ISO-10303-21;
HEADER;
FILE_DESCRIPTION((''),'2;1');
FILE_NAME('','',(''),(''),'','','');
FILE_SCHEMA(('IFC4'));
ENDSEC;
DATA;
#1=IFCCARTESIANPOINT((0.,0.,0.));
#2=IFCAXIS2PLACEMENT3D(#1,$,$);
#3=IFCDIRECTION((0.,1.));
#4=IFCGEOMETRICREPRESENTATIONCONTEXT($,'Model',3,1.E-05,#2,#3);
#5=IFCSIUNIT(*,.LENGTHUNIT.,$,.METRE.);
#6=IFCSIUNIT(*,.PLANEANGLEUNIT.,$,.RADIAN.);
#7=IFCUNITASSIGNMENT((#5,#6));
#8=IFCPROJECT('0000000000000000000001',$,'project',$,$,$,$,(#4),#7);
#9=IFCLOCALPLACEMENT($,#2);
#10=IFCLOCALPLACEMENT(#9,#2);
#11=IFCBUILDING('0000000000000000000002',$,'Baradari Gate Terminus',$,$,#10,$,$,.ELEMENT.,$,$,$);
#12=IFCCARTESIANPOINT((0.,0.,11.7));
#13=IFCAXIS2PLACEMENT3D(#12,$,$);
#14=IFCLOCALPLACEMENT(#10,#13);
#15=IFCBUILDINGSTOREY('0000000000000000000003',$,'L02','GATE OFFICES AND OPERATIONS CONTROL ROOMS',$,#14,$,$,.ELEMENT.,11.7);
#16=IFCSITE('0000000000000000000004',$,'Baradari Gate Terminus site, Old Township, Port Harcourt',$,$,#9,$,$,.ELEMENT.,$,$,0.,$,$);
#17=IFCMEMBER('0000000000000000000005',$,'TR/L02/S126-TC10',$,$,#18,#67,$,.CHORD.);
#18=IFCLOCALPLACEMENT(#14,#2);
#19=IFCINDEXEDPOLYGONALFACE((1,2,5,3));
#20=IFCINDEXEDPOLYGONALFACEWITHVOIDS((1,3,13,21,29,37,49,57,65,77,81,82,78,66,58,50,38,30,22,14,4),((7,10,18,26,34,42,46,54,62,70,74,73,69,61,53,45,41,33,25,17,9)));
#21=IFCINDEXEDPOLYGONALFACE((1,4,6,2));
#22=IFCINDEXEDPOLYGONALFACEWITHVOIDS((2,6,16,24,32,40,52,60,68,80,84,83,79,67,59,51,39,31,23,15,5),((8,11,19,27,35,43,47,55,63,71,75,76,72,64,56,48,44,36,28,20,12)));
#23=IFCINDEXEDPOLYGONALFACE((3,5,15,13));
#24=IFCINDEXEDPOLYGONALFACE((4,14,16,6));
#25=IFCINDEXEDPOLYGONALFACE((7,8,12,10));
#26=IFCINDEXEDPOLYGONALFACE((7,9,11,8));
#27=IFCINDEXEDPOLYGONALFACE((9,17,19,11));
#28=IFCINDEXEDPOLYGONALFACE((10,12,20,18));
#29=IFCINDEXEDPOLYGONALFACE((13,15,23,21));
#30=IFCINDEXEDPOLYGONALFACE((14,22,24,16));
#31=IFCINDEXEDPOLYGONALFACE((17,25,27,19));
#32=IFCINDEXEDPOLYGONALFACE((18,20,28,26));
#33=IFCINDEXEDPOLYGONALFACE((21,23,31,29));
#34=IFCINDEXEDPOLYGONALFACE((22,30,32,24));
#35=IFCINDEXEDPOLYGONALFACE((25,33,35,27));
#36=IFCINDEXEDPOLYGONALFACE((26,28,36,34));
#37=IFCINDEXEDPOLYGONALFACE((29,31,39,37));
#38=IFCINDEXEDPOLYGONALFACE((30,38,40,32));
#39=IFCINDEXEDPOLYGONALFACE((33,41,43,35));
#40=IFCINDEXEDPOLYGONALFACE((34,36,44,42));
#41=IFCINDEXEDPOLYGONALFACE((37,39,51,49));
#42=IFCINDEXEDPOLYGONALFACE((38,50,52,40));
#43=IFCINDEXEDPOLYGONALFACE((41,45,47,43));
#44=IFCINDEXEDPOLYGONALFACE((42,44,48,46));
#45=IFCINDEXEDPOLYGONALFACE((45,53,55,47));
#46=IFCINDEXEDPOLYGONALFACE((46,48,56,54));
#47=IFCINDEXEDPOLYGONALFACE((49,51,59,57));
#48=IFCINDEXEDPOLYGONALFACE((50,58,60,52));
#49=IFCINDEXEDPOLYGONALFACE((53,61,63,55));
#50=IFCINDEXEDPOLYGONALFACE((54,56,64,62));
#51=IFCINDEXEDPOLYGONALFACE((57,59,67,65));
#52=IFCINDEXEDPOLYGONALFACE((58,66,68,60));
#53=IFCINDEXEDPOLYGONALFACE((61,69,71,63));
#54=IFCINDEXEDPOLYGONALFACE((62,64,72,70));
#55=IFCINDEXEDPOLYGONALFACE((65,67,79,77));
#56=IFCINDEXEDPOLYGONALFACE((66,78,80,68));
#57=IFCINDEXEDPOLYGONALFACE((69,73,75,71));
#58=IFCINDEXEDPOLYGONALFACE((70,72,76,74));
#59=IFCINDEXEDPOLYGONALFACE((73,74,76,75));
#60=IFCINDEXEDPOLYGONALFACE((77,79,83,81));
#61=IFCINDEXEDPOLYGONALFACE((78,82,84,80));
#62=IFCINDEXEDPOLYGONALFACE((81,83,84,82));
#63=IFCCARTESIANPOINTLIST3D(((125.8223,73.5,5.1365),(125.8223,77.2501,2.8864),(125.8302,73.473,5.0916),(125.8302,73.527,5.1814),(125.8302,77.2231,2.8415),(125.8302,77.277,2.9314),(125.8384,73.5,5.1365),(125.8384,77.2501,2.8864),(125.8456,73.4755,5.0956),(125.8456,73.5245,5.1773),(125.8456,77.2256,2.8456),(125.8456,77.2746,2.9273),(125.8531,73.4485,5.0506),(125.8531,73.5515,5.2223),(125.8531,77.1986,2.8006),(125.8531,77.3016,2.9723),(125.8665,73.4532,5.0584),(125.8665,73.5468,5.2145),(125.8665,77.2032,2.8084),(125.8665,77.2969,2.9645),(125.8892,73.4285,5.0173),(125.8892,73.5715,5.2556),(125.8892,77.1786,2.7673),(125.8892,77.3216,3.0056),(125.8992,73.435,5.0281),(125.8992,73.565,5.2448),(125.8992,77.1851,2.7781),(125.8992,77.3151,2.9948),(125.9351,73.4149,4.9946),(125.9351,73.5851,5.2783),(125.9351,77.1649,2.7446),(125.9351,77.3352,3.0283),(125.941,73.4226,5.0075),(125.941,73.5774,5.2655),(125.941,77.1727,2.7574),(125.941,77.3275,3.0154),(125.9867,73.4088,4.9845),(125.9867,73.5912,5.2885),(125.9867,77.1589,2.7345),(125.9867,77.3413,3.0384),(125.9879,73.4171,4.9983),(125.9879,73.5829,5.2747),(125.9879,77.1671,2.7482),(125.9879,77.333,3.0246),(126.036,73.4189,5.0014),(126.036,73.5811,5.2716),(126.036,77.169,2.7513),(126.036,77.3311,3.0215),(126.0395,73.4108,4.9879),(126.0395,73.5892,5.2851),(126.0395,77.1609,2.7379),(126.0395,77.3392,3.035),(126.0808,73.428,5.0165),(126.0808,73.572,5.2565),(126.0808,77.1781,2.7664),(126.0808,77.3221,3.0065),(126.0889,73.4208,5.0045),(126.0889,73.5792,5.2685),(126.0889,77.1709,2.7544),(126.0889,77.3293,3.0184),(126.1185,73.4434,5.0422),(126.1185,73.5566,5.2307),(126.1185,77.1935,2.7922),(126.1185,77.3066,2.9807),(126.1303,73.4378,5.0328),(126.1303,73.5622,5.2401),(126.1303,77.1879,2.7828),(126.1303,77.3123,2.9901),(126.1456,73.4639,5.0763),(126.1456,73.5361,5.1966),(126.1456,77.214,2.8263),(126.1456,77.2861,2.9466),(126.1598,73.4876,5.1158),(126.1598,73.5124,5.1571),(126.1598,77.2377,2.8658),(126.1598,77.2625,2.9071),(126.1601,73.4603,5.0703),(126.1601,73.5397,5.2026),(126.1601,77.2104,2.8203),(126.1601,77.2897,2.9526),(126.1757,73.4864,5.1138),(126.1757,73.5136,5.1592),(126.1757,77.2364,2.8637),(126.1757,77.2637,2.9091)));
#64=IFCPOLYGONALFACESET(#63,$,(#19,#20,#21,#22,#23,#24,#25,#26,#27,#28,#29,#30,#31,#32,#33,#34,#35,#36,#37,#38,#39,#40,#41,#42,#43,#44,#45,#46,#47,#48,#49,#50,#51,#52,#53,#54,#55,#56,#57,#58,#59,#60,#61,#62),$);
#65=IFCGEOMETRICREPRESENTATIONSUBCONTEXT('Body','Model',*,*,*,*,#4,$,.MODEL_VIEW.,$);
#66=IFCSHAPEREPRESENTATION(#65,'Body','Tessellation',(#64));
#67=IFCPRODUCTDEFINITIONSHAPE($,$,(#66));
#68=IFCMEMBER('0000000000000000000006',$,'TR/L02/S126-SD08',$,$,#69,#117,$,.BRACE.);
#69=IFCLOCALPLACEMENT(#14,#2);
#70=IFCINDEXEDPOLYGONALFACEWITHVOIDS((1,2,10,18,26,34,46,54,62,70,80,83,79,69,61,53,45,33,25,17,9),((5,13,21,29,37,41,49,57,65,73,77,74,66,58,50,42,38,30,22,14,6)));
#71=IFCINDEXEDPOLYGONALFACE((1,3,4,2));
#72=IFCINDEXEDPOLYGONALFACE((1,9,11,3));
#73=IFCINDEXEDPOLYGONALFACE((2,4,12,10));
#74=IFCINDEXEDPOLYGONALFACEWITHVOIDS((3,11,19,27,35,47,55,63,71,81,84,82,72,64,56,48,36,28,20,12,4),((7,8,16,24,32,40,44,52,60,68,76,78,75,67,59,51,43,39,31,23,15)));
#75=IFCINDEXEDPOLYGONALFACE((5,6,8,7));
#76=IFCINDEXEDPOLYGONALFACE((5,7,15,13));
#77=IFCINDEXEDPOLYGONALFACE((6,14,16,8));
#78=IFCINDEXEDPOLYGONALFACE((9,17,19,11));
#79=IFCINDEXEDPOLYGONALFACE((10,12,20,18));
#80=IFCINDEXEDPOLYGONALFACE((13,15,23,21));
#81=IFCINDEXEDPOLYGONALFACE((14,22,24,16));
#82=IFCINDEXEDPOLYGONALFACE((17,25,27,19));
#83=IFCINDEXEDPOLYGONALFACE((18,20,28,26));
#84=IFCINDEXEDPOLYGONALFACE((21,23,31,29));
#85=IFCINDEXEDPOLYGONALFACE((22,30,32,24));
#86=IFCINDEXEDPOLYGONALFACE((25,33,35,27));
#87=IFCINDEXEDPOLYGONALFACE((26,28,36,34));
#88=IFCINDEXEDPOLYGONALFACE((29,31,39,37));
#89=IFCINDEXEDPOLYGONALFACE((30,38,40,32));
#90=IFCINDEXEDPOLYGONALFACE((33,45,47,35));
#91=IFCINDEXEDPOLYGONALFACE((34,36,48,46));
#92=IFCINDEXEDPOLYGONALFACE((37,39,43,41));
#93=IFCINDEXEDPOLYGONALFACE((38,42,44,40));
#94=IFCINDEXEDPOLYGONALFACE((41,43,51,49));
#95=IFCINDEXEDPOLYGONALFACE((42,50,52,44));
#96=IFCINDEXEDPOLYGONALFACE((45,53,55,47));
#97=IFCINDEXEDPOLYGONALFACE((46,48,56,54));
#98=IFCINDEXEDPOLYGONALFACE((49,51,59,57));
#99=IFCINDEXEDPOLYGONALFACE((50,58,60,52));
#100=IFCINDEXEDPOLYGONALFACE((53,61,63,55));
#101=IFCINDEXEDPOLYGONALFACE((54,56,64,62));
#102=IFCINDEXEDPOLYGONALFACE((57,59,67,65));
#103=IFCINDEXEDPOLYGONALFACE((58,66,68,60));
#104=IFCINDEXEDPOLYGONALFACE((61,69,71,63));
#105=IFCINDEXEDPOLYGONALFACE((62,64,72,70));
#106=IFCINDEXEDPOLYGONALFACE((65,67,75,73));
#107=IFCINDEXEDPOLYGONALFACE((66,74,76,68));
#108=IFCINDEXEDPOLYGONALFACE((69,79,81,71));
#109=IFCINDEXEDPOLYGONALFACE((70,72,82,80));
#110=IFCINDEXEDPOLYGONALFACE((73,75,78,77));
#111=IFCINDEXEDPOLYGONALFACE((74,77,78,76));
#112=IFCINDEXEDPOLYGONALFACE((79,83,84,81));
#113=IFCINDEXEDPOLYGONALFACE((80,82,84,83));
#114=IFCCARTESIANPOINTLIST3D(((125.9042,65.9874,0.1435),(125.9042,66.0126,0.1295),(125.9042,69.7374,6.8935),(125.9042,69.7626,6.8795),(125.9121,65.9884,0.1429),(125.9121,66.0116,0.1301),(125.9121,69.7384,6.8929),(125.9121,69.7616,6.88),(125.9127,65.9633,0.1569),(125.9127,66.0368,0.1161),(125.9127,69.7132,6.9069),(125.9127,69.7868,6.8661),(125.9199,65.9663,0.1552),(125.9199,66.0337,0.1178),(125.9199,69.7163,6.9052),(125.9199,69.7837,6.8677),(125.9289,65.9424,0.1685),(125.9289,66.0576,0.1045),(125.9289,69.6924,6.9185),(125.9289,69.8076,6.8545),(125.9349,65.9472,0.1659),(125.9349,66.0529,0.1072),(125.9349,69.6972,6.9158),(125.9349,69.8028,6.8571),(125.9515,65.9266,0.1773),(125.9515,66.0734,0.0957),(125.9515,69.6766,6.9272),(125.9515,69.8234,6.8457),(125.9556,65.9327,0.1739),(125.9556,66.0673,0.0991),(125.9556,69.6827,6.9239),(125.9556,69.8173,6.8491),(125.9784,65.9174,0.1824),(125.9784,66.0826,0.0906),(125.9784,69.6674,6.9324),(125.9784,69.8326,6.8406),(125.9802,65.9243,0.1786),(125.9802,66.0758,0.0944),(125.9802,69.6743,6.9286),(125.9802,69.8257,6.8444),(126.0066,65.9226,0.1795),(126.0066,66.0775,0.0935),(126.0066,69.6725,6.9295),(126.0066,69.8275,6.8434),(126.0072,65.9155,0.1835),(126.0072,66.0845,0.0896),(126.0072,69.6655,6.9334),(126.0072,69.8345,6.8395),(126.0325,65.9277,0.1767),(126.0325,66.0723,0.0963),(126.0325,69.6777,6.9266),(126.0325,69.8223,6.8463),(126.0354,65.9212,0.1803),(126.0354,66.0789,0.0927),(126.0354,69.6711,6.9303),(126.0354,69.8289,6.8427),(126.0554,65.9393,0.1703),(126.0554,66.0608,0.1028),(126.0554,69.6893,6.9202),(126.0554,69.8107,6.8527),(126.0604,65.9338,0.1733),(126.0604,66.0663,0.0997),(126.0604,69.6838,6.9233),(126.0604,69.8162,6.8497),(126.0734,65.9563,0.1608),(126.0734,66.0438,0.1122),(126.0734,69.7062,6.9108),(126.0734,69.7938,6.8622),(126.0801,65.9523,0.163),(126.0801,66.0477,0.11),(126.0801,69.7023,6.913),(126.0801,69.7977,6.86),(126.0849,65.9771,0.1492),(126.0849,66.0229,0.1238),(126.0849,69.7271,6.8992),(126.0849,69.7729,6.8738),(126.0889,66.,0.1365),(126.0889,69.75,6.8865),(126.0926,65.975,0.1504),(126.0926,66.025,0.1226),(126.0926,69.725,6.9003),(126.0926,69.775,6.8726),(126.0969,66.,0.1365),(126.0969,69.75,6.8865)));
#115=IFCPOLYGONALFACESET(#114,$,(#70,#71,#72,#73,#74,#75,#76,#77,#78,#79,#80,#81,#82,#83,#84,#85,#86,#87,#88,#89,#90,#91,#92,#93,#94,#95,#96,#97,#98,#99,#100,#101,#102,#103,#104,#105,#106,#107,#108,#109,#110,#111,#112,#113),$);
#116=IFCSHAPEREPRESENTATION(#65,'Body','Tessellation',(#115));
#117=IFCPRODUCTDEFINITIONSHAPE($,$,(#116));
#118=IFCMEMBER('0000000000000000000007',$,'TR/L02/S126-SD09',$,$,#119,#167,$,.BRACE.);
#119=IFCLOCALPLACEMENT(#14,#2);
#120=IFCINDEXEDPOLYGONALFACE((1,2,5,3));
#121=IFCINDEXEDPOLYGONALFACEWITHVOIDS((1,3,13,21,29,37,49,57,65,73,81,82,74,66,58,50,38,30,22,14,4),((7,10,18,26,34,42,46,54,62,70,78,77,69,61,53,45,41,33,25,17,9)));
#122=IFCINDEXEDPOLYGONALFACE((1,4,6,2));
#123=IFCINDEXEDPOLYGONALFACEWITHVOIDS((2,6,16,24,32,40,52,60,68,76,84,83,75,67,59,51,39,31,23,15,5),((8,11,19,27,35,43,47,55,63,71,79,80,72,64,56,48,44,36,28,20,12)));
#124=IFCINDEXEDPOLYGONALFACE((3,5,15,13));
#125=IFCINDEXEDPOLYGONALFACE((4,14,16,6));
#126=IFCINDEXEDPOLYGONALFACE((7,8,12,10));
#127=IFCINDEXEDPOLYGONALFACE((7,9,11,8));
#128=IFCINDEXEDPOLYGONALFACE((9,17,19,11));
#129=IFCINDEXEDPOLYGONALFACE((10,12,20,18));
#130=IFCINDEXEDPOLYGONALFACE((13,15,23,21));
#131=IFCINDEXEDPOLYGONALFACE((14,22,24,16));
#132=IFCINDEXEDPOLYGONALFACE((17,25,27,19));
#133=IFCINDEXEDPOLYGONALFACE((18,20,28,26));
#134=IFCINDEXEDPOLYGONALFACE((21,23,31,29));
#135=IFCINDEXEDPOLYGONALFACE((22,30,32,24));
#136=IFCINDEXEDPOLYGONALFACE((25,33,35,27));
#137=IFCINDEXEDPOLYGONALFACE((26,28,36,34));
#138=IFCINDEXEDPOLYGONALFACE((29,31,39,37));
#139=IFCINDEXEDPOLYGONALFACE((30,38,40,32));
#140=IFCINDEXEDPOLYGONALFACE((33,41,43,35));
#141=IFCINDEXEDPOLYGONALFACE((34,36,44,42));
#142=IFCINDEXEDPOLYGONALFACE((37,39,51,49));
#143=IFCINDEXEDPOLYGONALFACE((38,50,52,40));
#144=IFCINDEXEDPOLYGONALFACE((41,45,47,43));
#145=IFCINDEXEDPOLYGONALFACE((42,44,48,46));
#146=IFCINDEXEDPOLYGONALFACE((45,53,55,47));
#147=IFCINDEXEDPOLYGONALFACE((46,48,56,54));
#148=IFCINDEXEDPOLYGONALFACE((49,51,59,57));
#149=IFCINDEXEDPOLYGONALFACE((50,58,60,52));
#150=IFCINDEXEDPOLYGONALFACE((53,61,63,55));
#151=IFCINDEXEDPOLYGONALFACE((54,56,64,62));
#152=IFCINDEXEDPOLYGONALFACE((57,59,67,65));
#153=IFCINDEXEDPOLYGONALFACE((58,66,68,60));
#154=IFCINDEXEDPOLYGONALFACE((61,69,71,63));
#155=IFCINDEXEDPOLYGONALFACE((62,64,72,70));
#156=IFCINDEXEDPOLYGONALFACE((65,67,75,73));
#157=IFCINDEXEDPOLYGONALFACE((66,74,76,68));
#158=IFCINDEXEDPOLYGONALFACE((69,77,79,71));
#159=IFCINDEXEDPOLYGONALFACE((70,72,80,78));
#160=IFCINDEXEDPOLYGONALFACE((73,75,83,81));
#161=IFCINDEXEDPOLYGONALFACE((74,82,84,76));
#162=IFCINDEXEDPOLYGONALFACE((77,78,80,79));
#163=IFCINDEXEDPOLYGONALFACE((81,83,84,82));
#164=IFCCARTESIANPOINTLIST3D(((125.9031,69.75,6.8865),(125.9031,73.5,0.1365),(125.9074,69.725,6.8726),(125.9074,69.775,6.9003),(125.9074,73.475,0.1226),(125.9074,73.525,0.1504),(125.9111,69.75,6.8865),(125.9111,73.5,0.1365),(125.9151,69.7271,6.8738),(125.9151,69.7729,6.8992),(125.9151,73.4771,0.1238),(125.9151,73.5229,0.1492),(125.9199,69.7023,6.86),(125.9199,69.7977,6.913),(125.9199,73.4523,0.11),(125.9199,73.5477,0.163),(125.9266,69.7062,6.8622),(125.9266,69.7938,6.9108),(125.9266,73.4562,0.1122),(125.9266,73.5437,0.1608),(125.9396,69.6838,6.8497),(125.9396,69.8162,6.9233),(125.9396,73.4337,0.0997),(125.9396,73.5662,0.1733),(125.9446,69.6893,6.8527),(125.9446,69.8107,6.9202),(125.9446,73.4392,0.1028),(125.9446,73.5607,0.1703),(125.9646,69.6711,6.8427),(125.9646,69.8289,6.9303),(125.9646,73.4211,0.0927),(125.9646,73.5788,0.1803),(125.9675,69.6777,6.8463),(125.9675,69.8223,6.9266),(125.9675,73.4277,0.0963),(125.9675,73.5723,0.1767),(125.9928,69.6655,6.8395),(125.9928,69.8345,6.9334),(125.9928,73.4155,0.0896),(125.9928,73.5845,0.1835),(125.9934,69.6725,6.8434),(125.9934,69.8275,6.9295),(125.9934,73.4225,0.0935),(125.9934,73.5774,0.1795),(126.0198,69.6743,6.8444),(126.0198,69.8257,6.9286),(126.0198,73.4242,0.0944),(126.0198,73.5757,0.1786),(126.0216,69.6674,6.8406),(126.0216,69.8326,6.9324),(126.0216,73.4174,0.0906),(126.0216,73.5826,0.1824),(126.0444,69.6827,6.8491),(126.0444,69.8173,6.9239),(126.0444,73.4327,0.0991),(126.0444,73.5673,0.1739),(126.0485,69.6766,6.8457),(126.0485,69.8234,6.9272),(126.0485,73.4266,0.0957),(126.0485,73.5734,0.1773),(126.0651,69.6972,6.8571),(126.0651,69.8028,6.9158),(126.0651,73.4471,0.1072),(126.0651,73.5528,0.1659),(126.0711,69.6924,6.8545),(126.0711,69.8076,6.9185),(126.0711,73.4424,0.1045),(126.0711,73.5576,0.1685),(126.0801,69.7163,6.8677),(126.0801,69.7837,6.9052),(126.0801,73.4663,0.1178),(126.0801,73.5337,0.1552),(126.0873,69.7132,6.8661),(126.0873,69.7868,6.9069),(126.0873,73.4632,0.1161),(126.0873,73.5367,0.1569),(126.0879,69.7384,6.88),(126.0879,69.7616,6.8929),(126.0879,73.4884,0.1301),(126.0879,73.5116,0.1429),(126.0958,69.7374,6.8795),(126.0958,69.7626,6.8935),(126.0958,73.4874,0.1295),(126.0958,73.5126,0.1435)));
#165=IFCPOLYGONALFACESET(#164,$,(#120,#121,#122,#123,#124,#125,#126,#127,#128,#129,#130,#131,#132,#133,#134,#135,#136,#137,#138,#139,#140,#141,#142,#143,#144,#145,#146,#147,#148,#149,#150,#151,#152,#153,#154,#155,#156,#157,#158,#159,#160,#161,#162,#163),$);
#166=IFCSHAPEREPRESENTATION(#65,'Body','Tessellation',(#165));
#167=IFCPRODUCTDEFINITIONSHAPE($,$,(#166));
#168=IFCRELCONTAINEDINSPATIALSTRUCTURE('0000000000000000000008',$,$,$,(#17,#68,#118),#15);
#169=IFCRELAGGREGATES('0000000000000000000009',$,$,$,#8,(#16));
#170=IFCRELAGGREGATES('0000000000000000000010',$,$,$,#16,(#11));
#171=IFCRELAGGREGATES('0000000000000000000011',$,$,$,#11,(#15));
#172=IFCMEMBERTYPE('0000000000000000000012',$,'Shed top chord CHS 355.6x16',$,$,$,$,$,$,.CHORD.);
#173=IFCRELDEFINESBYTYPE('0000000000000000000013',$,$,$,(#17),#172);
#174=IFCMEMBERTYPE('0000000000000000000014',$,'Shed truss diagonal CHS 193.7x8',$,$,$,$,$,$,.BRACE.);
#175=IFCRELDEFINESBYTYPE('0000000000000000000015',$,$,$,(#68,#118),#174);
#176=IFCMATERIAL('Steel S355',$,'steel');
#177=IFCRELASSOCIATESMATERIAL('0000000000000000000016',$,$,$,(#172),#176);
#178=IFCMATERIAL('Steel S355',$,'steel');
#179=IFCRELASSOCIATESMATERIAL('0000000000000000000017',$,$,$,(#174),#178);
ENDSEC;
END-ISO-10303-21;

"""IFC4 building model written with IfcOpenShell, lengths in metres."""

from ifc_helpers import new_model, si_unit, direction, frame, origin, origin_2d, place, context, subcontext, project, spatial, hollow_circle, extrude, material, material_profile, profile_set, type_object, element, save


model = new_model("IFC4")

# Units and contexts
model_context = context("Model", 3, precision=1e-05, world=origin(), true_north=direction((0.0, 1.0)))
body_context = subcontext(model_context, "Body", "Model", "MODEL_VIEW")
ifc_project = project(units=[si_unit("LENGTHUNIT", "METRE"), si_unit("PLANEANGLEUNIT", "RADIAN")], contexts=[model_context])

# Site, building, storey
site_placement = place(None, origin())
site = spatial("IfcSite", under=ifc_project, at=site_placement, Name="Baradari Gate Terminus site, Old Township, Port Harcourt", CompositionType="ELEMENT", RefElevation=0.0)
building_placement = place(site_placement, origin())
building = spatial("IfcBuilding", under=site, at=building_placement, Name="Baradari Gate Terminus", CompositionType="ELEMENT")
storey_placement = place(building_placement, frame((0.0, 0.0, 11.7)))
storey = spatial("IfcBuildingStorey", under=building, at=storey_placement, Name="L02", Description="GATE OFFICES AND OPERATIONS CONTROL ROOMS", CompositionType="ELEMENT", Elevation=11.7)

# Members
ifc_material_1 = material(Name="Steel S355", Category="steel")
ifc_material_profile_1 = material_profile(ifc_material_1, hollow_circle(Radius=0.1777, WallThickness=0.0161, at=origin_2d()), Name="CHS 355.6x16")
ifc_profile_set_1 = profile_set([ifc_material_profile_1], Name="Steel S355")
member_type_1 = type_object("IfcMemberType", Name="Shed top chord CHS 355.6x16", PredefinedType="CHORD", material=ifc_profile_set_1)
member_1_placement = place(storey_placement, frame((126.0, 73.5, 5.1365), z_axis=(0.0, 0.857493, -0.514496), x_axis=(-1.0, 0.0, 0.0)))
element("IfcMember", 1, at=member_1_placement, inside=storey, type_object=member_type_1, Name="TR/L02/S126-TC10", PredefinedType="CHORD", context=body_context, shape_type="SweptSolid", body=[
    extrude(hollow_circle(Radius=0.1777, WallThickness=0.0161, at=origin_2d()), origin(), (0.0, 0.0, 1.0), 4.3733),
])
ifc_material_2 = material(Name="Steel S355", Category="steel")
ifc_material_profile_2 = material_profile(ifc_material_2, hollow_circle(Radius=0.0969, WallThickness=0.0081, at=origin_2d()), Name="CHS 193.7x8")
ifc_profile_set_2 = profile_set([ifc_material_profile_2], Name="Steel S355")
member_type_2 = type_object("IfcMemberType", Name="Shed truss diagonal CHS 193.7x8", PredefinedType="BRACE", material=ifc_profile_set_2)
for number, where, z_axis, x_axis, name in (
    (2, (126.0, 69.75, 6.8865), (0.0, -0.485643, -0.874157), (1.0, 0.0, 0.0), "TR/L02/S126-SD08"),
    (3, (126.0, 69.75, 6.8865), (0.0, 0.485643, -0.874157), (-1.0, 0.0, 0.0), "TR/L02/S126-SD09"),
):
    element("IfcMember", number, at=place(storey_placement, frame(where, z_axis=z_axis, x_axis=x_axis)), inside=storey, type_object=member_type_2, Name=name, PredefinedType="BRACE", context=body_context, shape_type="SweptSolid", body=[
        extrude(hollow_circle(Radius=0.0969, WallThickness=0.0081, at=origin_2d()), origin(), (0.0, 0.0, 1.0), 7.7217),
    ])

save(model, "model.ifc")
